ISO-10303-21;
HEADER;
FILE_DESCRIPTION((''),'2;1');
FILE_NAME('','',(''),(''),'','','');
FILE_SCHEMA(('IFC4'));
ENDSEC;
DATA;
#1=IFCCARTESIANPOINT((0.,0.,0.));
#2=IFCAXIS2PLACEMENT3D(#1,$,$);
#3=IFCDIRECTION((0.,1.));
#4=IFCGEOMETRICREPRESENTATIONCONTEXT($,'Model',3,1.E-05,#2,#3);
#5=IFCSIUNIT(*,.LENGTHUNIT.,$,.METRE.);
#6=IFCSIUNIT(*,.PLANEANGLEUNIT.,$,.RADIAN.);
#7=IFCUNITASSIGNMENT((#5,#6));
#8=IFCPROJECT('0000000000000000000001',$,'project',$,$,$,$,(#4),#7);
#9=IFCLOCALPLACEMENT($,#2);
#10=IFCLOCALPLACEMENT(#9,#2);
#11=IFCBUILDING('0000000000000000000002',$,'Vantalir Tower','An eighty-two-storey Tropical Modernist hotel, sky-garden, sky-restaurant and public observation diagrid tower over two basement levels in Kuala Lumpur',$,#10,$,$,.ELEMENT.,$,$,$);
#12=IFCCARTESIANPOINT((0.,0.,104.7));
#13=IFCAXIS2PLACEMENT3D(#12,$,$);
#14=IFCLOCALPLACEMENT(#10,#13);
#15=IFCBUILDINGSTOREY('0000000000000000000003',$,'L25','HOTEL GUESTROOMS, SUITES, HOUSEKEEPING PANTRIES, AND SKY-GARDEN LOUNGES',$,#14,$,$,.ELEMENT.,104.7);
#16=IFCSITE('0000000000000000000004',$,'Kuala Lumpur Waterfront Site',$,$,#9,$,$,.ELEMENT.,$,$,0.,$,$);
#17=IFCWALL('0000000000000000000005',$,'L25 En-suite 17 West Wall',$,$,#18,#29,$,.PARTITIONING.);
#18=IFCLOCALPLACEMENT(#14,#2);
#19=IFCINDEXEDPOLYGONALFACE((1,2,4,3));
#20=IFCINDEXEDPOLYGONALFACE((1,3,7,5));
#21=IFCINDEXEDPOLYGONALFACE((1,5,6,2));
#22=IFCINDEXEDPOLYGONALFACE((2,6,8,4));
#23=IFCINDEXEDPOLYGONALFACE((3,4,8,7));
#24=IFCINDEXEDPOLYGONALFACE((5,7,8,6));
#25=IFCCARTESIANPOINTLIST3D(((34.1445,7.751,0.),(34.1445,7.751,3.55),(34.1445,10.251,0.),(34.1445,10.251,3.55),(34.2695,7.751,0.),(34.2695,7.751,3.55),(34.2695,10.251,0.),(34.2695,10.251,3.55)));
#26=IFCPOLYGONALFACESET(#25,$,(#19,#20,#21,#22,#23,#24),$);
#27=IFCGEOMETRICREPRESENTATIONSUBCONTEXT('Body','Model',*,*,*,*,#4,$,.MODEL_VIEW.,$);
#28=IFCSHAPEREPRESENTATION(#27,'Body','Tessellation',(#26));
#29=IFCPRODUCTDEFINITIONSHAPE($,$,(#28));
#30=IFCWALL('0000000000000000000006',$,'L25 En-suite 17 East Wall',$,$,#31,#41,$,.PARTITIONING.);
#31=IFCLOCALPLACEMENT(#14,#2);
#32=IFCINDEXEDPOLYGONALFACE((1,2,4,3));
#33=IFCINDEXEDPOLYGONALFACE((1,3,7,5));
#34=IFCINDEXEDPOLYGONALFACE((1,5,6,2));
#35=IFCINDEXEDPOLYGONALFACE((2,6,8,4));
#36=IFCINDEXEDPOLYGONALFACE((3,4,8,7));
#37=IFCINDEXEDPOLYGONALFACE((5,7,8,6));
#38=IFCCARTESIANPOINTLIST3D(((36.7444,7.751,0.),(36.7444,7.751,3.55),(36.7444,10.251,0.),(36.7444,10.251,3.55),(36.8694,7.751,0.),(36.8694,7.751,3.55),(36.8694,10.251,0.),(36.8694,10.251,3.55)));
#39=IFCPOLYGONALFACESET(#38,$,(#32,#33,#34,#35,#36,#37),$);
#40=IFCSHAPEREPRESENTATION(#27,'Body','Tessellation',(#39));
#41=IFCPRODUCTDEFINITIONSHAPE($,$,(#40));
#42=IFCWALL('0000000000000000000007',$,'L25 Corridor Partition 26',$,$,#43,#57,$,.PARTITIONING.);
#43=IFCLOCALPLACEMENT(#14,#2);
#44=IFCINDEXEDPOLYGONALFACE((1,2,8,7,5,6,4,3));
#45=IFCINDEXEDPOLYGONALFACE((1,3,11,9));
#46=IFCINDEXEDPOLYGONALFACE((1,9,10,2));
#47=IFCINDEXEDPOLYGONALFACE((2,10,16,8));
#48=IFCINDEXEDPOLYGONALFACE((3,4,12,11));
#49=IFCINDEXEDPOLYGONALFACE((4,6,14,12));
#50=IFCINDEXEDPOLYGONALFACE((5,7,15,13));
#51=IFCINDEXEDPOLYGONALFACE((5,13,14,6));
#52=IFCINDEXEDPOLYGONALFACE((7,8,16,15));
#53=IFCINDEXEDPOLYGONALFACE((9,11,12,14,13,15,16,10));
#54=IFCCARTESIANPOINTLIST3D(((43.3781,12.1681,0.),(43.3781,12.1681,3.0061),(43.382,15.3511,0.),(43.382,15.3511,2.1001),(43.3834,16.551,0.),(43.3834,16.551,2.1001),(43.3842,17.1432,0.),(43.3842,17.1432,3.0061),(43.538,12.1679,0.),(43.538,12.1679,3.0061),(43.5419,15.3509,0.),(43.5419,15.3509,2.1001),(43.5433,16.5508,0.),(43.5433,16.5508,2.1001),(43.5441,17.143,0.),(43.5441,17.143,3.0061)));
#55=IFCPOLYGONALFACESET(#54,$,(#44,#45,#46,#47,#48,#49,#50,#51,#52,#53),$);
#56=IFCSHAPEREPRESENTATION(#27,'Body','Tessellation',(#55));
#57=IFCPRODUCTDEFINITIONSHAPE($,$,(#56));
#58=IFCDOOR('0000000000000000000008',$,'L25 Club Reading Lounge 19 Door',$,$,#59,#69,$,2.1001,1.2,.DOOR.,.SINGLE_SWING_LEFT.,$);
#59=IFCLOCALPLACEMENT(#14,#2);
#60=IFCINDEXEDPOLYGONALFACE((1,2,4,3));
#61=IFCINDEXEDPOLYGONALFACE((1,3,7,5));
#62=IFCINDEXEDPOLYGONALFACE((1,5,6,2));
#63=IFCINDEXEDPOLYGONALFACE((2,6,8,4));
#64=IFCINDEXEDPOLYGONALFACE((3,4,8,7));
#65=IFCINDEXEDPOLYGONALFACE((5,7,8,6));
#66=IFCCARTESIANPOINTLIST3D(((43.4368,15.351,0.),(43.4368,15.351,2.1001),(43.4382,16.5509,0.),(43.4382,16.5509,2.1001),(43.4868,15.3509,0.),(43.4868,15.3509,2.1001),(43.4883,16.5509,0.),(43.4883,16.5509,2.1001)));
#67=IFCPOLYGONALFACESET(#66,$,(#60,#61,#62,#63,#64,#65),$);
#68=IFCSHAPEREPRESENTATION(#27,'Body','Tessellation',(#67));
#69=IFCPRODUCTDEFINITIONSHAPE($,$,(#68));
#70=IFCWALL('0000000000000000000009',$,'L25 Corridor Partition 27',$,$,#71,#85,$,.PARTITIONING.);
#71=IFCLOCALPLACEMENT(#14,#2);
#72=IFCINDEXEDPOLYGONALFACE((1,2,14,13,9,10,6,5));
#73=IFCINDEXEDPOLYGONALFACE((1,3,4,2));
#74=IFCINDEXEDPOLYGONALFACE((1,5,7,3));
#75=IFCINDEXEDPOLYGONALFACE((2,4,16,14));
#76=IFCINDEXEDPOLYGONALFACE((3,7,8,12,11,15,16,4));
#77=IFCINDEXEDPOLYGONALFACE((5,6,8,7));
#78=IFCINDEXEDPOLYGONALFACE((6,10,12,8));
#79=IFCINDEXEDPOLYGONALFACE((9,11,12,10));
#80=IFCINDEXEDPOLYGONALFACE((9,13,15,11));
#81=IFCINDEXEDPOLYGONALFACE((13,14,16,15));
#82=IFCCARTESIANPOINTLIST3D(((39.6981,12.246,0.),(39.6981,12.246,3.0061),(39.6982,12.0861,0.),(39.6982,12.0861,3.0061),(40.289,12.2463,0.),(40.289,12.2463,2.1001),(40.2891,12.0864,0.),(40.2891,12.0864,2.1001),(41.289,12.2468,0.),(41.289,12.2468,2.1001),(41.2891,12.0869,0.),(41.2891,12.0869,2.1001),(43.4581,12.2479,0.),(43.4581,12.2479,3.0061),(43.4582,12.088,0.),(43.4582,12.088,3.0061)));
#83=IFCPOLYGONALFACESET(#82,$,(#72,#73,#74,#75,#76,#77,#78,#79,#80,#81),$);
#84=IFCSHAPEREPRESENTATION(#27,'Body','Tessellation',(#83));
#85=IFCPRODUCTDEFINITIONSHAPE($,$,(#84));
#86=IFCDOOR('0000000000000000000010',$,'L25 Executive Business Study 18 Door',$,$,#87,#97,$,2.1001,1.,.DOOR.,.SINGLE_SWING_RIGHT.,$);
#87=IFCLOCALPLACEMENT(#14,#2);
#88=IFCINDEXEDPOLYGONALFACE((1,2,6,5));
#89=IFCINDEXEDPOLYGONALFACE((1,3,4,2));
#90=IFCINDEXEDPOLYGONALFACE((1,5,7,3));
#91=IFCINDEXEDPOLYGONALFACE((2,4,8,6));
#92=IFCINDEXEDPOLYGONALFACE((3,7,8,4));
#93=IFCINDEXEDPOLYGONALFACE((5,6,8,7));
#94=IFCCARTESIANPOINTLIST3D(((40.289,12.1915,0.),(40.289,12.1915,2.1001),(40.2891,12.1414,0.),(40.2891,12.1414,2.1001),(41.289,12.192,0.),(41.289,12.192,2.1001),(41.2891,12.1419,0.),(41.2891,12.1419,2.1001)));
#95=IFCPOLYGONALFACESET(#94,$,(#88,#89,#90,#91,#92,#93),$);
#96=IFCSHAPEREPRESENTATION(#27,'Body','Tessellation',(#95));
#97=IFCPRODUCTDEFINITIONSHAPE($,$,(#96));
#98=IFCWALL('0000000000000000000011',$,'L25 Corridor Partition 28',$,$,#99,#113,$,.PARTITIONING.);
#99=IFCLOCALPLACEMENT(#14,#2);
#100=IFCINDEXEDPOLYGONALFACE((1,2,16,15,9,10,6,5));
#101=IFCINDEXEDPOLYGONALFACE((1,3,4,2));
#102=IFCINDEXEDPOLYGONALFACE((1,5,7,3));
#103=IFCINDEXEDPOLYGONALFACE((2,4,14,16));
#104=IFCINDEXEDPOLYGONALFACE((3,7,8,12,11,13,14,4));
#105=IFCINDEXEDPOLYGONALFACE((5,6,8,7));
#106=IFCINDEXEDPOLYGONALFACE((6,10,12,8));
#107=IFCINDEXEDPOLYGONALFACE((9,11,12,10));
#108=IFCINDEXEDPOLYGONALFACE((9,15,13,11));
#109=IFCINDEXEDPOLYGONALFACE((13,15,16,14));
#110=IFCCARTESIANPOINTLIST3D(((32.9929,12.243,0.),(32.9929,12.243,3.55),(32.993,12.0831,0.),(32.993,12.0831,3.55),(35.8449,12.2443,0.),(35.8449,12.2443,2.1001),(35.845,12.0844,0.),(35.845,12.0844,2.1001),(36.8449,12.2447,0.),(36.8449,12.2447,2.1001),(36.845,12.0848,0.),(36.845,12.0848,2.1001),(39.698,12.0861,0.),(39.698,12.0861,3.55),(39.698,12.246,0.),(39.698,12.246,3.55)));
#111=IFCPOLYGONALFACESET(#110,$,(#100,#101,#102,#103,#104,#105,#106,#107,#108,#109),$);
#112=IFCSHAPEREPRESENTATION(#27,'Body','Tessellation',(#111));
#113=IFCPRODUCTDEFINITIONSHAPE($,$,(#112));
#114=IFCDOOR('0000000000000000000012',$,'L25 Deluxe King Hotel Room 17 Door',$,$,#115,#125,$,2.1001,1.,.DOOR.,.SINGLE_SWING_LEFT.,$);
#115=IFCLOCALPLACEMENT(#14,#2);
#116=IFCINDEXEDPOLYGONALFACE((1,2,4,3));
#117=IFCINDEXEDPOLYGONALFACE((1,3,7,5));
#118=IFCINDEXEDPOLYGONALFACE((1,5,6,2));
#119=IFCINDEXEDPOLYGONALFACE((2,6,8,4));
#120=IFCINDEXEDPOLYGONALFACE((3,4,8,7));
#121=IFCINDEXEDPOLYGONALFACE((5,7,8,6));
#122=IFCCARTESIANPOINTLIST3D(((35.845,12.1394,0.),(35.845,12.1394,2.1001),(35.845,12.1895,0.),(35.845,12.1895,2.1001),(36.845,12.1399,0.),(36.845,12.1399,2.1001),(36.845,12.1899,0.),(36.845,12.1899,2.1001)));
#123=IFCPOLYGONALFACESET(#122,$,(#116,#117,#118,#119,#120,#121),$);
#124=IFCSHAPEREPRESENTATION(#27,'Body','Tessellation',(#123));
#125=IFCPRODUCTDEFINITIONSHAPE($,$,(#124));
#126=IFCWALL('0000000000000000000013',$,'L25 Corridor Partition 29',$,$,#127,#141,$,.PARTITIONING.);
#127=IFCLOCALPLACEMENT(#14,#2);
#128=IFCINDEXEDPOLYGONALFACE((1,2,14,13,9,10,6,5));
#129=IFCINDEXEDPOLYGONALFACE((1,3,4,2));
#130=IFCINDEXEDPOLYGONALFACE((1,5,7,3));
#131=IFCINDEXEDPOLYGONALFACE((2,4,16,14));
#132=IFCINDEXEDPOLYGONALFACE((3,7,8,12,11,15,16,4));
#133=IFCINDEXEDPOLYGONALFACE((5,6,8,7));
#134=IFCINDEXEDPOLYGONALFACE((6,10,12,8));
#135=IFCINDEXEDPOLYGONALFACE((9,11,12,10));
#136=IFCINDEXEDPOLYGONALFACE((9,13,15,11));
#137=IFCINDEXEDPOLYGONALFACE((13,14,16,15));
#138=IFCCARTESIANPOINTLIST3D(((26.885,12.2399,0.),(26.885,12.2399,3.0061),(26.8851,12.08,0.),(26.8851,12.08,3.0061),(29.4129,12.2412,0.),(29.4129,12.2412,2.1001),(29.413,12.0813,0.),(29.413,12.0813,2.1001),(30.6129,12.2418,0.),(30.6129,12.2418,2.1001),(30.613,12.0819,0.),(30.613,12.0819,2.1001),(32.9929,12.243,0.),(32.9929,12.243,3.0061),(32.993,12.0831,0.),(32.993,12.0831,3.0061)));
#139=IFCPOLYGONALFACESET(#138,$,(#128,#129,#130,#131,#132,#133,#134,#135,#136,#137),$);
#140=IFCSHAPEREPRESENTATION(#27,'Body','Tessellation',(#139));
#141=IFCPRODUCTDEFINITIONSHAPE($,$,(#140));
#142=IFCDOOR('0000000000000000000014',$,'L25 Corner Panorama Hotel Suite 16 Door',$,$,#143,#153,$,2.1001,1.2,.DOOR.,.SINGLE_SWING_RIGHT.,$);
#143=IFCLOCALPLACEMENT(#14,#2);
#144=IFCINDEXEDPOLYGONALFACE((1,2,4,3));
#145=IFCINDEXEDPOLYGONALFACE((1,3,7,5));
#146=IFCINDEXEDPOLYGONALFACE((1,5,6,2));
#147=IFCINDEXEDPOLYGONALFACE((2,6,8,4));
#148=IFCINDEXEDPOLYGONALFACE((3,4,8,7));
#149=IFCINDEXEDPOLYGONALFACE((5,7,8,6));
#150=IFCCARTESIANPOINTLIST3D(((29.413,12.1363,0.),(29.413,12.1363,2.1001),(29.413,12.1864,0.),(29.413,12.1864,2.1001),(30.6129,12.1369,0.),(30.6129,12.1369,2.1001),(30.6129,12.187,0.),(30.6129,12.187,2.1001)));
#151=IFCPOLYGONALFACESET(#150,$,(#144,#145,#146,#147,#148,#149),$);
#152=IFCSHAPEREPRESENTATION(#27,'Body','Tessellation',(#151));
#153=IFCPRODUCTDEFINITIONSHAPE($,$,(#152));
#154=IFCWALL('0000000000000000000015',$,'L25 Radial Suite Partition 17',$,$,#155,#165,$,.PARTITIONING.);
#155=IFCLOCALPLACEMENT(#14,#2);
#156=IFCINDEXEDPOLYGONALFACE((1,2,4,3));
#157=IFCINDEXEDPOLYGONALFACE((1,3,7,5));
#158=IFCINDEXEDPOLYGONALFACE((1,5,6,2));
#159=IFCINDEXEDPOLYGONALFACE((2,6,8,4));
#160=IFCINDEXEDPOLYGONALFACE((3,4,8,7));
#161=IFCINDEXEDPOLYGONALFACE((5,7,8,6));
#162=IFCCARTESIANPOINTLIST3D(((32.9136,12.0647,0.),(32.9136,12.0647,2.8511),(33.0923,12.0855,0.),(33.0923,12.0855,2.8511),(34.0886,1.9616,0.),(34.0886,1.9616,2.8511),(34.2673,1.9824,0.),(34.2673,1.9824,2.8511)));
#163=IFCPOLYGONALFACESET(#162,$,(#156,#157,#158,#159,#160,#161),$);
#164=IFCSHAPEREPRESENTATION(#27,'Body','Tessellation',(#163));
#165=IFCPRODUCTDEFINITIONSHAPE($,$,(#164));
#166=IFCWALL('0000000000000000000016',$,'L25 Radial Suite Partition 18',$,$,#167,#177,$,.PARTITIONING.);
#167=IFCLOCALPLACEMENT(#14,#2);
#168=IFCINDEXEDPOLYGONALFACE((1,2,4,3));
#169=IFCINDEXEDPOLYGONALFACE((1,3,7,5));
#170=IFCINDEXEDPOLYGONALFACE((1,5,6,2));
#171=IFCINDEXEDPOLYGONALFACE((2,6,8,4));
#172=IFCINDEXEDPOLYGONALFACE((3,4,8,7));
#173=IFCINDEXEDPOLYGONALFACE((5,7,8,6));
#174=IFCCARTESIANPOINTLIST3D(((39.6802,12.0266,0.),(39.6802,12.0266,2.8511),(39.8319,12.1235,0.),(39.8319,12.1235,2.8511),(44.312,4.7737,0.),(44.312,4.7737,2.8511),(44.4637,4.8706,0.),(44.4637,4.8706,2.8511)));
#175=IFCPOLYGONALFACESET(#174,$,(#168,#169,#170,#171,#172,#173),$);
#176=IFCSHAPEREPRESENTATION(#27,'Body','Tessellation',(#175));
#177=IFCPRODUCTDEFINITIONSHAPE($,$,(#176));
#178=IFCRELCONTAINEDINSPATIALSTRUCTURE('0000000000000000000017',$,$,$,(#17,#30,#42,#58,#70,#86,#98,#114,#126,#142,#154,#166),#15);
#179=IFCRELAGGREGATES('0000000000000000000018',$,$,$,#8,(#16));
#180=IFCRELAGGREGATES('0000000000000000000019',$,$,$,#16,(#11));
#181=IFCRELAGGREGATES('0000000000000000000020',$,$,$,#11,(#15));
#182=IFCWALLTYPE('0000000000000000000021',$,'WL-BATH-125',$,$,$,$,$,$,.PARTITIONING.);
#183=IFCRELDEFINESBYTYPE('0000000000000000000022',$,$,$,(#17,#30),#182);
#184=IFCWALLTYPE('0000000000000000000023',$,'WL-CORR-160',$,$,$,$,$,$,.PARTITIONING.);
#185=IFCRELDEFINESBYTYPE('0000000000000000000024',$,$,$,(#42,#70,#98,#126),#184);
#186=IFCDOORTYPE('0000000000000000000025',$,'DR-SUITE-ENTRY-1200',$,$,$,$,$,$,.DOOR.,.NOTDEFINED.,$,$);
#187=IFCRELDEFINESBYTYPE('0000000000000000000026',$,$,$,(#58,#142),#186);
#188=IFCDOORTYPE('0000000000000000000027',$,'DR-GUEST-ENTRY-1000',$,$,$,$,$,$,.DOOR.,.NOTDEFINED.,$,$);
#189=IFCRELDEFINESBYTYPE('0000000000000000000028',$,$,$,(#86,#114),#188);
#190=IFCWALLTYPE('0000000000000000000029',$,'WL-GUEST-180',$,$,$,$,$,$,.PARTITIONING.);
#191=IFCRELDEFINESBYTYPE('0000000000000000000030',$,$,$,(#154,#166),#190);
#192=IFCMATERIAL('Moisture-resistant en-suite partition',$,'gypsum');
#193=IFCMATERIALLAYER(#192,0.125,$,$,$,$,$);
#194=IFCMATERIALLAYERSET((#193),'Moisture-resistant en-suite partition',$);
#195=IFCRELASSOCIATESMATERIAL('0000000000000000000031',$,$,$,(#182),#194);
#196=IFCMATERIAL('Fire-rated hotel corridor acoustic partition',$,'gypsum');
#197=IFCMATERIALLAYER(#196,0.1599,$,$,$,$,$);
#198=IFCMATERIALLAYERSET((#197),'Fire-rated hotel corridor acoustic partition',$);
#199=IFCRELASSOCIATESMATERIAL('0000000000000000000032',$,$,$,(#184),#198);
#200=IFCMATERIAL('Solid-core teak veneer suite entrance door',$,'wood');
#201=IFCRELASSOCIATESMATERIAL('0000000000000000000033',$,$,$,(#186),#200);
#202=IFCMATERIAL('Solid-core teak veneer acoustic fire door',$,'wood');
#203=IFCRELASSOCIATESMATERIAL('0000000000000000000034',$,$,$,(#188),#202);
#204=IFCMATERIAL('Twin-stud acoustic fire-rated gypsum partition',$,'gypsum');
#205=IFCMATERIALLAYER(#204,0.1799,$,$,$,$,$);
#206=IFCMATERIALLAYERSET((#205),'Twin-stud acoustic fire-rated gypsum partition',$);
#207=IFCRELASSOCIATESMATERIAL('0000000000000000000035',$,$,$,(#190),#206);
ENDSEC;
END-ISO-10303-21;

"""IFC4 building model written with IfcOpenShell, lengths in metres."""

from ifc_helpers import new_model, si_unit, direction, frame, frame_2d, origin, place, context, subcontext, project, spatial, rectangle, extrude, material, layer, layer_set, type_object, element, fill, save


model = new_model("IFC4")

# Units and contexts
model_context = context("Model", 3, precision=1e-05, world=origin(), true_north=direction((0.0, 1.0)))
body_context = subcontext(model_context, "Body", "Model", "MODEL_VIEW")
ifc_project = project(units=[si_unit("LENGTHUNIT", "METRE"), si_unit("PLANEANGLEUNIT", "RADIAN")], contexts=[model_context])

# Site, building, storey
site_placement = place(None, origin())
site = spatial("IfcSite", under=ifc_project, at=site_placement, Name="Kuala Lumpur Waterfront Site", CompositionType="ELEMENT", RefElevation=0.0)
building_placement = place(site_placement, origin())
building = spatial("IfcBuilding", under=site, at=building_placement, Name="Vantalir Tower", Description="An eighty-two-storey Tropical Modernist hotel, sky-garden, sky-restaurant and public observation diagrid tower over two basement levels in Kuala Lumpur", CompositionType="ELEMENT")
storey_placement = place(building_placement, frame((0.0, 0.0, 104.7)))
storey = spatial("IfcBuildingStorey", under=building, at=storey_placement, Name="L25", Description="HOTEL GUESTROOMS, SUITES, HOUSEKEEPING PANTRIES, AND SKY-GARDEN LOUNGES", CompositionType="ELEMENT", Elevation=104.7)

# Shared definitions
ifc_material_1 = material(Name="Moisture-resistant en-suite partition", Category="gypsum")
ifc_layer_1 = layer(ifc_material_1, 0.125)
ifc_layer_set_1 = layer_set([ifc_layer_1], Name="Moisture-resistant en-suite partition")
wall_type_1 = type_object("IfcWallType", Name="WL-BATH-125", PredefinedType="PARTITIONING", material=ifc_layer_set_1)

# Walls
for number, where, z_axis, x_axis, name in (
    (1, (34.207, 7.751, 0.0), (0.0, 0.0, 1.0), (0.0, 1.0, 0.0), "L25 En-suite 17 West Wall"),
    (2, (36.8069, 7.751, 0.0), (0.0, 0.0, 1.0), (0.0, 1.0, 0.0), "L25 En-suite 17 East Wall"),
):
    element("IfcWall", number, at=place(storey_placement, frame(where, z_axis=z_axis, x_axis=x_axis)), inside=storey, type_object=wall_type_1, Name=name, PredefinedType="PARTITIONING", context=body_context, shape_type="SweptSolid", body=[
        extrude(rectangle(XDim=2.5, YDim=0.125, at=frame_2d((1.25, 0.0))), origin(), (0.0, 0.0, 1.0), 3.55),
    ])

# Walls, openings, doors
ifc_material_2 = material(Name="Fire-rated hotel corridor acoustic partition", Category="gypsum")
ifc_layer_2 = layer(ifc_material_2, 0.1599)
ifc_layer_set_2 = layer_set([ifc_layer_2], Name="Fire-rated hotel corridor acoustic partition")
wall_type_2 = type_object("IfcWallType", Name="WL-CORR-160", PredefinedType="PARTITIONING", material=ifc_layer_set_2)
wall_1_placement = place(storey_placement, frame((43.4641, 17.1431, 0.0), z_axis=(0.0, 0.0, 1.0), x_axis=(-0.001227, -0.999999, 0.0)))
wall_1 = element("IfcWall", 3, at=wall_1_placement, inside=storey, type_object=wall_type_2, Name="L25 Corridor Partition 26", PredefinedType="PARTITIONING", context=body_context, shape_type="SweptSolid", body=[
    extrude(rectangle(XDim=4.9751, YDim=0.1599, at=frame_2d((2.4875, 0.0))), origin(), (0.0, 0.0, 1.0), 3.0061),
])
opening_1_placement = place(wall_1_placement, frame((0.592, 0.0, 0.0)))
opening_1 = element("IfcOpeningElement", 4, at=opening_1_placement, cuts=wall_1, PredefinedType="OPENING", context=body_context, shape_type="SweptSolid", body=[
    extrude(rectangle(XDim=1.2, YDim=2.1001, at=frame_2d((0.6001, 1.05))), frame((0.0, 0.0898, 0.0), z_axis=(0.0, -1.0, 0.0), x_axis=(1.0, 0.0, 0.0)), (0.0, 0.0, 1.0), 0.1799),
])
ifc_material_3 = material(Name="Solid-core teak veneer suite entrance door", Category="wood")
door_type_1 = type_object("IfcDoorType", Name="DR-SUITE-ENTRY-1200", OperationType="NOTDEFINED", PredefinedType="DOOR", material=ifc_material_3)
door_1_placement = place(opening_1_placement, origin())
door_1 = element("IfcDoor", 5, at=door_1_placement, inside=storey, type_object=door_type_1, Name="L25 Club Reading Lounge 19 Door", OperationType="SINGLE_SWING_LEFT", OverallHeight=2.1001, OverallWidth=1.2, PredefinedType="DOOR", context=body_context, shape_type="SweptSolid", body=[
    extrude(rectangle(XDim=1.2, YDim=2.1001, at=frame_2d((0.6001, 1.05))), frame((0.0, 0.0249, 0.0), z_axis=(0.0, -1.0, 0.0), x_axis=(1.0, 0.0, 0.0)), (0.0, 0.0, 1.0), 0.05),
])
fill(opening_1, door_1)
wall_2_placement = place(storey_placement, frame((43.458, 12.168, 0.0), z_axis=(0.0, 0.0, 1.0), x_axis=(-1.0, -0.000519, 0.0)))
wall_2 = element("IfcWall", 6, at=wall_2_placement, inside=storey, type_object=wall_type_2, Name="L25 Corridor Partition 27", PredefinedType="PARTITIONING", context=body_context, shape_type="SweptSolid", body=[
    extrude(rectangle(XDim=3.76, YDim=0.1599, at=frame_2d((1.8799, 0.0))), origin(), (0.0, 0.0, 1.0), 3.0061),
])
opening_2_placement = place(wall_2_placement, frame((2.1689, 0.0, 0.0)))
opening_2 = element("IfcOpeningElement", 7, at=opening_2_placement, cuts=wall_2, PredefinedType="OPENING", context=body_context, shape_type="SweptSolid", body=[
    extrude(rectangle(XDim=1.0, YDim=2.1001, at=frame_2d((0.5, 1.05))), frame((0.0, 0.0898, 0.0), z_axis=(0.0, -1.0, 0.0), x_axis=(1.0, 0.0, 0.0)), (0.0, 0.0, 1.0), 0.1799),
])
ifc_material_4 = material(Name="Solid-core teak veneer acoustic fire door", Category="wood")
door_type_2 = type_object("IfcDoorType", Name="DR-GUEST-ENTRY-1000", OperationType="NOTDEFINED", PredefinedType="DOOR", material=ifc_material_4)
door_2_placement = place(opening_2_placement, origin())
door_2 = element("IfcDoor", 8, at=door_2_placement, inside=storey, type_object=door_type_2, Name="L25 Executive Business Study 18 Door", OperationType="SINGLE_SWING_RIGHT", OverallHeight=2.1001, OverallWidth=1.0, PredefinedType="DOOR", context=body_context, shape_type="SweptSolid", body=[
    extrude(rectangle(XDim=1.0, YDim=2.1001, at=frame_2d((0.5, 1.05))), frame((0.0, 0.0249, 0.0), z_axis=(0.0, -1.0, 0.0), x_axis=(1.0, 0.0, 0.0)), (0.0, 0.0, 1.0), 0.05),
])
fill(opening_2, door_2)
wall_3_placement = place(storey_placement, frame((39.698, 12.166, 0.0), z_axis=(0.0, 0.0, 1.0), x_axis=(-1.0, -0.000437, 0.0)))
wall_3 = element("IfcWall", 9, at=wall_3_placement, inside=storey, type_object=wall_type_2, Name="L25 Corridor Partition 28", PredefinedType="PARTITIONING", context=body_context, shape_type="SweptSolid", body=[
    extrude(rectangle(XDim=6.7051, YDim=0.1599, at=frame_2d((3.3525, 0.0))), origin(), (0.0, 0.0, 1.0), 3.55),
])
opening_3_placement = place(wall_3_placement, frame((2.853, 0.0, 0.0)))
opening_3 = element("IfcOpeningElement", 10, at=opening_3_placement, cuts=wall_3, PredefinedType="OPENING", context=body_context, shape_type="SweptSolid", body=[
    extrude(rectangle(XDim=1.0, YDim=2.1001, at=frame_2d((0.5, 1.05))), frame((0.0, 0.0898, 0.0), z_axis=(0.0, -1.0, 0.0), x_axis=(1.0, 0.0, 0.0)), (0.0, 0.0, 1.0), 0.1799),
])
door_3_placement = place(opening_3_placement, origin())
door_3 = element("IfcDoor", 11, at=door_3_placement, inside=storey, type_object=door_type_2, Name="L25 Deluxe King Hotel Room 17 Door", OperationType="SINGLE_SWING_LEFT", OverallHeight=2.1001, OverallWidth=1.0, PredefinedType="DOOR", context=body_context, shape_type="SweptSolid", body=[
    extrude(rectangle(XDim=1.0, YDim=2.1001, at=frame_2d((0.5, 1.05))), frame((0.0, 0.0249, 0.0), z_axis=(0.0, -1.0, 0.0), x_axis=(1.0, 0.0, 0.0)), (0.0, 0.0, 1.0), 0.05),
])
fill(opening_3, door_3)
wall_4_placement = place(storey_placement, frame((32.9929, 12.1631, 0.0), z_axis=(0.0, 0.0, 1.0), x_axis=(-1.0, -0.00052, 0.0)))
wall_4 = element("IfcWall", 12, at=wall_4_placement, inside=storey, type_object=wall_type_2, Name="L25 Corridor Partition 29", PredefinedType="PARTITIONING", context=body_context, shape_type="SweptSolid", body=[
    extrude(rectangle(XDim=6.1079, YDim=0.1599, at=frame_2d((3.054, 0.0))), origin(), (0.0, 0.0, 1.0), 3.0061),
])
opening_4_placement = place(wall_4_placement, frame((2.3799, 0.0, 0.0)))
opening_4 = element("IfcOpeningElement", 13, at=opening_4_placement, cuts=wall_4, PredefinedType="OPENING", context=body_context, shape_type="SweptSolid", body=[
    extrude(rectangle(XDim=1.2, YDim=2.1001, at=frame_2d((0.6001, 1.05))), frame((0.0, 0.0898, 0.0), z_axis=(0.0, -1.0, 0.0), x_axis=(1.0, 0.0, 0.0)), (0.0, 0.0, 1.0), 0.1799),
])
door_4_placement = place(opening_4_placement, origin())
door_4 = element("IfcDoor", 14, at=door_4_placement, inside=storey, type_object=door_type_1, Name="L25 Corner Panorama Hotel Suite 16 Door", OperationType="SINGLE_SWING_RIGHT", OverallHeight=2.1001, OverallWidth=1.2, PredefinedType="DOOR", context=body_context, shape_type="SweptSolid", body=[
    extrude(rectangle(XDim=1.2, YDim=2.1001, at=frame_2d((0.6001, 1.05))), frame((0.0, 0.0249, 0.0), z_axis=(0.0, -1.0, 0.0), x_axis=(1.0, 0.0, 0.0)), (0.0, 0.0, 1.0), 0.05),
])
fill(opening_4, door_4)

# Walls
ifc_material_5 = material(Name="Twin-stud acoustic fire-rated gypsum partition", Category="gypsum")
ifc_layer_3 = layer(ifc_material_5, 0.1799)
ifc_layer_set_3 = layer_set([ifc_layer_3], Name="Twin-stud acoustic fire-rated gypsum partition")
wall_type_3 = type_object("IfcWallType", Name="WL-GUEST-180", PredefinedType="PARTITIONING", material=ifc_layer_set_3)
wall_5_placement = place(storey_placement, frame((33.0029, 12.075, 0.0), z_axis=(0.0, 0.0, 1.0), x_axis=(0.115528, -0.993304, 0.0)))
element("IfcWall", 15, at=wall_5_placement, inside=storey, type_object=wall_type_3, Name="L25 Radial Suite Partition 17", PredefinedType="PARTITIONING", context=body_context, shape_type="SweptSolid", body=[
    extrude(rectangle(XDim=10.1711, YDim=0.1799, at=frame_2d((5.0854, 0.0))), origin(), (0.0, 0.0, 1.0), 2.8511),
])
wall_6_placement = place(storey_placement, frame((39.7561, 12.075, 0.0), z_axis=(0.0, 0.0, 1.0), x_axis=(0.538226, -0.842801, 0.0)))
element("IfcWall", 16, at=wall_6_placement, inside=storey, type_object=wall_type_3, Name="L25 Radial Suite Partition 18", PredefinedType="PARTITIONING", context=body_context, shape_type="SweptSolid", body=[
    extrude(rectangle(XDim=8.6057, YDim=0.1799, at=frame_2d((4.3027, 0.0))), origin(), (0.0, 0.0, 1.0), 2.8511),
])

save(model, "model.ifc")
